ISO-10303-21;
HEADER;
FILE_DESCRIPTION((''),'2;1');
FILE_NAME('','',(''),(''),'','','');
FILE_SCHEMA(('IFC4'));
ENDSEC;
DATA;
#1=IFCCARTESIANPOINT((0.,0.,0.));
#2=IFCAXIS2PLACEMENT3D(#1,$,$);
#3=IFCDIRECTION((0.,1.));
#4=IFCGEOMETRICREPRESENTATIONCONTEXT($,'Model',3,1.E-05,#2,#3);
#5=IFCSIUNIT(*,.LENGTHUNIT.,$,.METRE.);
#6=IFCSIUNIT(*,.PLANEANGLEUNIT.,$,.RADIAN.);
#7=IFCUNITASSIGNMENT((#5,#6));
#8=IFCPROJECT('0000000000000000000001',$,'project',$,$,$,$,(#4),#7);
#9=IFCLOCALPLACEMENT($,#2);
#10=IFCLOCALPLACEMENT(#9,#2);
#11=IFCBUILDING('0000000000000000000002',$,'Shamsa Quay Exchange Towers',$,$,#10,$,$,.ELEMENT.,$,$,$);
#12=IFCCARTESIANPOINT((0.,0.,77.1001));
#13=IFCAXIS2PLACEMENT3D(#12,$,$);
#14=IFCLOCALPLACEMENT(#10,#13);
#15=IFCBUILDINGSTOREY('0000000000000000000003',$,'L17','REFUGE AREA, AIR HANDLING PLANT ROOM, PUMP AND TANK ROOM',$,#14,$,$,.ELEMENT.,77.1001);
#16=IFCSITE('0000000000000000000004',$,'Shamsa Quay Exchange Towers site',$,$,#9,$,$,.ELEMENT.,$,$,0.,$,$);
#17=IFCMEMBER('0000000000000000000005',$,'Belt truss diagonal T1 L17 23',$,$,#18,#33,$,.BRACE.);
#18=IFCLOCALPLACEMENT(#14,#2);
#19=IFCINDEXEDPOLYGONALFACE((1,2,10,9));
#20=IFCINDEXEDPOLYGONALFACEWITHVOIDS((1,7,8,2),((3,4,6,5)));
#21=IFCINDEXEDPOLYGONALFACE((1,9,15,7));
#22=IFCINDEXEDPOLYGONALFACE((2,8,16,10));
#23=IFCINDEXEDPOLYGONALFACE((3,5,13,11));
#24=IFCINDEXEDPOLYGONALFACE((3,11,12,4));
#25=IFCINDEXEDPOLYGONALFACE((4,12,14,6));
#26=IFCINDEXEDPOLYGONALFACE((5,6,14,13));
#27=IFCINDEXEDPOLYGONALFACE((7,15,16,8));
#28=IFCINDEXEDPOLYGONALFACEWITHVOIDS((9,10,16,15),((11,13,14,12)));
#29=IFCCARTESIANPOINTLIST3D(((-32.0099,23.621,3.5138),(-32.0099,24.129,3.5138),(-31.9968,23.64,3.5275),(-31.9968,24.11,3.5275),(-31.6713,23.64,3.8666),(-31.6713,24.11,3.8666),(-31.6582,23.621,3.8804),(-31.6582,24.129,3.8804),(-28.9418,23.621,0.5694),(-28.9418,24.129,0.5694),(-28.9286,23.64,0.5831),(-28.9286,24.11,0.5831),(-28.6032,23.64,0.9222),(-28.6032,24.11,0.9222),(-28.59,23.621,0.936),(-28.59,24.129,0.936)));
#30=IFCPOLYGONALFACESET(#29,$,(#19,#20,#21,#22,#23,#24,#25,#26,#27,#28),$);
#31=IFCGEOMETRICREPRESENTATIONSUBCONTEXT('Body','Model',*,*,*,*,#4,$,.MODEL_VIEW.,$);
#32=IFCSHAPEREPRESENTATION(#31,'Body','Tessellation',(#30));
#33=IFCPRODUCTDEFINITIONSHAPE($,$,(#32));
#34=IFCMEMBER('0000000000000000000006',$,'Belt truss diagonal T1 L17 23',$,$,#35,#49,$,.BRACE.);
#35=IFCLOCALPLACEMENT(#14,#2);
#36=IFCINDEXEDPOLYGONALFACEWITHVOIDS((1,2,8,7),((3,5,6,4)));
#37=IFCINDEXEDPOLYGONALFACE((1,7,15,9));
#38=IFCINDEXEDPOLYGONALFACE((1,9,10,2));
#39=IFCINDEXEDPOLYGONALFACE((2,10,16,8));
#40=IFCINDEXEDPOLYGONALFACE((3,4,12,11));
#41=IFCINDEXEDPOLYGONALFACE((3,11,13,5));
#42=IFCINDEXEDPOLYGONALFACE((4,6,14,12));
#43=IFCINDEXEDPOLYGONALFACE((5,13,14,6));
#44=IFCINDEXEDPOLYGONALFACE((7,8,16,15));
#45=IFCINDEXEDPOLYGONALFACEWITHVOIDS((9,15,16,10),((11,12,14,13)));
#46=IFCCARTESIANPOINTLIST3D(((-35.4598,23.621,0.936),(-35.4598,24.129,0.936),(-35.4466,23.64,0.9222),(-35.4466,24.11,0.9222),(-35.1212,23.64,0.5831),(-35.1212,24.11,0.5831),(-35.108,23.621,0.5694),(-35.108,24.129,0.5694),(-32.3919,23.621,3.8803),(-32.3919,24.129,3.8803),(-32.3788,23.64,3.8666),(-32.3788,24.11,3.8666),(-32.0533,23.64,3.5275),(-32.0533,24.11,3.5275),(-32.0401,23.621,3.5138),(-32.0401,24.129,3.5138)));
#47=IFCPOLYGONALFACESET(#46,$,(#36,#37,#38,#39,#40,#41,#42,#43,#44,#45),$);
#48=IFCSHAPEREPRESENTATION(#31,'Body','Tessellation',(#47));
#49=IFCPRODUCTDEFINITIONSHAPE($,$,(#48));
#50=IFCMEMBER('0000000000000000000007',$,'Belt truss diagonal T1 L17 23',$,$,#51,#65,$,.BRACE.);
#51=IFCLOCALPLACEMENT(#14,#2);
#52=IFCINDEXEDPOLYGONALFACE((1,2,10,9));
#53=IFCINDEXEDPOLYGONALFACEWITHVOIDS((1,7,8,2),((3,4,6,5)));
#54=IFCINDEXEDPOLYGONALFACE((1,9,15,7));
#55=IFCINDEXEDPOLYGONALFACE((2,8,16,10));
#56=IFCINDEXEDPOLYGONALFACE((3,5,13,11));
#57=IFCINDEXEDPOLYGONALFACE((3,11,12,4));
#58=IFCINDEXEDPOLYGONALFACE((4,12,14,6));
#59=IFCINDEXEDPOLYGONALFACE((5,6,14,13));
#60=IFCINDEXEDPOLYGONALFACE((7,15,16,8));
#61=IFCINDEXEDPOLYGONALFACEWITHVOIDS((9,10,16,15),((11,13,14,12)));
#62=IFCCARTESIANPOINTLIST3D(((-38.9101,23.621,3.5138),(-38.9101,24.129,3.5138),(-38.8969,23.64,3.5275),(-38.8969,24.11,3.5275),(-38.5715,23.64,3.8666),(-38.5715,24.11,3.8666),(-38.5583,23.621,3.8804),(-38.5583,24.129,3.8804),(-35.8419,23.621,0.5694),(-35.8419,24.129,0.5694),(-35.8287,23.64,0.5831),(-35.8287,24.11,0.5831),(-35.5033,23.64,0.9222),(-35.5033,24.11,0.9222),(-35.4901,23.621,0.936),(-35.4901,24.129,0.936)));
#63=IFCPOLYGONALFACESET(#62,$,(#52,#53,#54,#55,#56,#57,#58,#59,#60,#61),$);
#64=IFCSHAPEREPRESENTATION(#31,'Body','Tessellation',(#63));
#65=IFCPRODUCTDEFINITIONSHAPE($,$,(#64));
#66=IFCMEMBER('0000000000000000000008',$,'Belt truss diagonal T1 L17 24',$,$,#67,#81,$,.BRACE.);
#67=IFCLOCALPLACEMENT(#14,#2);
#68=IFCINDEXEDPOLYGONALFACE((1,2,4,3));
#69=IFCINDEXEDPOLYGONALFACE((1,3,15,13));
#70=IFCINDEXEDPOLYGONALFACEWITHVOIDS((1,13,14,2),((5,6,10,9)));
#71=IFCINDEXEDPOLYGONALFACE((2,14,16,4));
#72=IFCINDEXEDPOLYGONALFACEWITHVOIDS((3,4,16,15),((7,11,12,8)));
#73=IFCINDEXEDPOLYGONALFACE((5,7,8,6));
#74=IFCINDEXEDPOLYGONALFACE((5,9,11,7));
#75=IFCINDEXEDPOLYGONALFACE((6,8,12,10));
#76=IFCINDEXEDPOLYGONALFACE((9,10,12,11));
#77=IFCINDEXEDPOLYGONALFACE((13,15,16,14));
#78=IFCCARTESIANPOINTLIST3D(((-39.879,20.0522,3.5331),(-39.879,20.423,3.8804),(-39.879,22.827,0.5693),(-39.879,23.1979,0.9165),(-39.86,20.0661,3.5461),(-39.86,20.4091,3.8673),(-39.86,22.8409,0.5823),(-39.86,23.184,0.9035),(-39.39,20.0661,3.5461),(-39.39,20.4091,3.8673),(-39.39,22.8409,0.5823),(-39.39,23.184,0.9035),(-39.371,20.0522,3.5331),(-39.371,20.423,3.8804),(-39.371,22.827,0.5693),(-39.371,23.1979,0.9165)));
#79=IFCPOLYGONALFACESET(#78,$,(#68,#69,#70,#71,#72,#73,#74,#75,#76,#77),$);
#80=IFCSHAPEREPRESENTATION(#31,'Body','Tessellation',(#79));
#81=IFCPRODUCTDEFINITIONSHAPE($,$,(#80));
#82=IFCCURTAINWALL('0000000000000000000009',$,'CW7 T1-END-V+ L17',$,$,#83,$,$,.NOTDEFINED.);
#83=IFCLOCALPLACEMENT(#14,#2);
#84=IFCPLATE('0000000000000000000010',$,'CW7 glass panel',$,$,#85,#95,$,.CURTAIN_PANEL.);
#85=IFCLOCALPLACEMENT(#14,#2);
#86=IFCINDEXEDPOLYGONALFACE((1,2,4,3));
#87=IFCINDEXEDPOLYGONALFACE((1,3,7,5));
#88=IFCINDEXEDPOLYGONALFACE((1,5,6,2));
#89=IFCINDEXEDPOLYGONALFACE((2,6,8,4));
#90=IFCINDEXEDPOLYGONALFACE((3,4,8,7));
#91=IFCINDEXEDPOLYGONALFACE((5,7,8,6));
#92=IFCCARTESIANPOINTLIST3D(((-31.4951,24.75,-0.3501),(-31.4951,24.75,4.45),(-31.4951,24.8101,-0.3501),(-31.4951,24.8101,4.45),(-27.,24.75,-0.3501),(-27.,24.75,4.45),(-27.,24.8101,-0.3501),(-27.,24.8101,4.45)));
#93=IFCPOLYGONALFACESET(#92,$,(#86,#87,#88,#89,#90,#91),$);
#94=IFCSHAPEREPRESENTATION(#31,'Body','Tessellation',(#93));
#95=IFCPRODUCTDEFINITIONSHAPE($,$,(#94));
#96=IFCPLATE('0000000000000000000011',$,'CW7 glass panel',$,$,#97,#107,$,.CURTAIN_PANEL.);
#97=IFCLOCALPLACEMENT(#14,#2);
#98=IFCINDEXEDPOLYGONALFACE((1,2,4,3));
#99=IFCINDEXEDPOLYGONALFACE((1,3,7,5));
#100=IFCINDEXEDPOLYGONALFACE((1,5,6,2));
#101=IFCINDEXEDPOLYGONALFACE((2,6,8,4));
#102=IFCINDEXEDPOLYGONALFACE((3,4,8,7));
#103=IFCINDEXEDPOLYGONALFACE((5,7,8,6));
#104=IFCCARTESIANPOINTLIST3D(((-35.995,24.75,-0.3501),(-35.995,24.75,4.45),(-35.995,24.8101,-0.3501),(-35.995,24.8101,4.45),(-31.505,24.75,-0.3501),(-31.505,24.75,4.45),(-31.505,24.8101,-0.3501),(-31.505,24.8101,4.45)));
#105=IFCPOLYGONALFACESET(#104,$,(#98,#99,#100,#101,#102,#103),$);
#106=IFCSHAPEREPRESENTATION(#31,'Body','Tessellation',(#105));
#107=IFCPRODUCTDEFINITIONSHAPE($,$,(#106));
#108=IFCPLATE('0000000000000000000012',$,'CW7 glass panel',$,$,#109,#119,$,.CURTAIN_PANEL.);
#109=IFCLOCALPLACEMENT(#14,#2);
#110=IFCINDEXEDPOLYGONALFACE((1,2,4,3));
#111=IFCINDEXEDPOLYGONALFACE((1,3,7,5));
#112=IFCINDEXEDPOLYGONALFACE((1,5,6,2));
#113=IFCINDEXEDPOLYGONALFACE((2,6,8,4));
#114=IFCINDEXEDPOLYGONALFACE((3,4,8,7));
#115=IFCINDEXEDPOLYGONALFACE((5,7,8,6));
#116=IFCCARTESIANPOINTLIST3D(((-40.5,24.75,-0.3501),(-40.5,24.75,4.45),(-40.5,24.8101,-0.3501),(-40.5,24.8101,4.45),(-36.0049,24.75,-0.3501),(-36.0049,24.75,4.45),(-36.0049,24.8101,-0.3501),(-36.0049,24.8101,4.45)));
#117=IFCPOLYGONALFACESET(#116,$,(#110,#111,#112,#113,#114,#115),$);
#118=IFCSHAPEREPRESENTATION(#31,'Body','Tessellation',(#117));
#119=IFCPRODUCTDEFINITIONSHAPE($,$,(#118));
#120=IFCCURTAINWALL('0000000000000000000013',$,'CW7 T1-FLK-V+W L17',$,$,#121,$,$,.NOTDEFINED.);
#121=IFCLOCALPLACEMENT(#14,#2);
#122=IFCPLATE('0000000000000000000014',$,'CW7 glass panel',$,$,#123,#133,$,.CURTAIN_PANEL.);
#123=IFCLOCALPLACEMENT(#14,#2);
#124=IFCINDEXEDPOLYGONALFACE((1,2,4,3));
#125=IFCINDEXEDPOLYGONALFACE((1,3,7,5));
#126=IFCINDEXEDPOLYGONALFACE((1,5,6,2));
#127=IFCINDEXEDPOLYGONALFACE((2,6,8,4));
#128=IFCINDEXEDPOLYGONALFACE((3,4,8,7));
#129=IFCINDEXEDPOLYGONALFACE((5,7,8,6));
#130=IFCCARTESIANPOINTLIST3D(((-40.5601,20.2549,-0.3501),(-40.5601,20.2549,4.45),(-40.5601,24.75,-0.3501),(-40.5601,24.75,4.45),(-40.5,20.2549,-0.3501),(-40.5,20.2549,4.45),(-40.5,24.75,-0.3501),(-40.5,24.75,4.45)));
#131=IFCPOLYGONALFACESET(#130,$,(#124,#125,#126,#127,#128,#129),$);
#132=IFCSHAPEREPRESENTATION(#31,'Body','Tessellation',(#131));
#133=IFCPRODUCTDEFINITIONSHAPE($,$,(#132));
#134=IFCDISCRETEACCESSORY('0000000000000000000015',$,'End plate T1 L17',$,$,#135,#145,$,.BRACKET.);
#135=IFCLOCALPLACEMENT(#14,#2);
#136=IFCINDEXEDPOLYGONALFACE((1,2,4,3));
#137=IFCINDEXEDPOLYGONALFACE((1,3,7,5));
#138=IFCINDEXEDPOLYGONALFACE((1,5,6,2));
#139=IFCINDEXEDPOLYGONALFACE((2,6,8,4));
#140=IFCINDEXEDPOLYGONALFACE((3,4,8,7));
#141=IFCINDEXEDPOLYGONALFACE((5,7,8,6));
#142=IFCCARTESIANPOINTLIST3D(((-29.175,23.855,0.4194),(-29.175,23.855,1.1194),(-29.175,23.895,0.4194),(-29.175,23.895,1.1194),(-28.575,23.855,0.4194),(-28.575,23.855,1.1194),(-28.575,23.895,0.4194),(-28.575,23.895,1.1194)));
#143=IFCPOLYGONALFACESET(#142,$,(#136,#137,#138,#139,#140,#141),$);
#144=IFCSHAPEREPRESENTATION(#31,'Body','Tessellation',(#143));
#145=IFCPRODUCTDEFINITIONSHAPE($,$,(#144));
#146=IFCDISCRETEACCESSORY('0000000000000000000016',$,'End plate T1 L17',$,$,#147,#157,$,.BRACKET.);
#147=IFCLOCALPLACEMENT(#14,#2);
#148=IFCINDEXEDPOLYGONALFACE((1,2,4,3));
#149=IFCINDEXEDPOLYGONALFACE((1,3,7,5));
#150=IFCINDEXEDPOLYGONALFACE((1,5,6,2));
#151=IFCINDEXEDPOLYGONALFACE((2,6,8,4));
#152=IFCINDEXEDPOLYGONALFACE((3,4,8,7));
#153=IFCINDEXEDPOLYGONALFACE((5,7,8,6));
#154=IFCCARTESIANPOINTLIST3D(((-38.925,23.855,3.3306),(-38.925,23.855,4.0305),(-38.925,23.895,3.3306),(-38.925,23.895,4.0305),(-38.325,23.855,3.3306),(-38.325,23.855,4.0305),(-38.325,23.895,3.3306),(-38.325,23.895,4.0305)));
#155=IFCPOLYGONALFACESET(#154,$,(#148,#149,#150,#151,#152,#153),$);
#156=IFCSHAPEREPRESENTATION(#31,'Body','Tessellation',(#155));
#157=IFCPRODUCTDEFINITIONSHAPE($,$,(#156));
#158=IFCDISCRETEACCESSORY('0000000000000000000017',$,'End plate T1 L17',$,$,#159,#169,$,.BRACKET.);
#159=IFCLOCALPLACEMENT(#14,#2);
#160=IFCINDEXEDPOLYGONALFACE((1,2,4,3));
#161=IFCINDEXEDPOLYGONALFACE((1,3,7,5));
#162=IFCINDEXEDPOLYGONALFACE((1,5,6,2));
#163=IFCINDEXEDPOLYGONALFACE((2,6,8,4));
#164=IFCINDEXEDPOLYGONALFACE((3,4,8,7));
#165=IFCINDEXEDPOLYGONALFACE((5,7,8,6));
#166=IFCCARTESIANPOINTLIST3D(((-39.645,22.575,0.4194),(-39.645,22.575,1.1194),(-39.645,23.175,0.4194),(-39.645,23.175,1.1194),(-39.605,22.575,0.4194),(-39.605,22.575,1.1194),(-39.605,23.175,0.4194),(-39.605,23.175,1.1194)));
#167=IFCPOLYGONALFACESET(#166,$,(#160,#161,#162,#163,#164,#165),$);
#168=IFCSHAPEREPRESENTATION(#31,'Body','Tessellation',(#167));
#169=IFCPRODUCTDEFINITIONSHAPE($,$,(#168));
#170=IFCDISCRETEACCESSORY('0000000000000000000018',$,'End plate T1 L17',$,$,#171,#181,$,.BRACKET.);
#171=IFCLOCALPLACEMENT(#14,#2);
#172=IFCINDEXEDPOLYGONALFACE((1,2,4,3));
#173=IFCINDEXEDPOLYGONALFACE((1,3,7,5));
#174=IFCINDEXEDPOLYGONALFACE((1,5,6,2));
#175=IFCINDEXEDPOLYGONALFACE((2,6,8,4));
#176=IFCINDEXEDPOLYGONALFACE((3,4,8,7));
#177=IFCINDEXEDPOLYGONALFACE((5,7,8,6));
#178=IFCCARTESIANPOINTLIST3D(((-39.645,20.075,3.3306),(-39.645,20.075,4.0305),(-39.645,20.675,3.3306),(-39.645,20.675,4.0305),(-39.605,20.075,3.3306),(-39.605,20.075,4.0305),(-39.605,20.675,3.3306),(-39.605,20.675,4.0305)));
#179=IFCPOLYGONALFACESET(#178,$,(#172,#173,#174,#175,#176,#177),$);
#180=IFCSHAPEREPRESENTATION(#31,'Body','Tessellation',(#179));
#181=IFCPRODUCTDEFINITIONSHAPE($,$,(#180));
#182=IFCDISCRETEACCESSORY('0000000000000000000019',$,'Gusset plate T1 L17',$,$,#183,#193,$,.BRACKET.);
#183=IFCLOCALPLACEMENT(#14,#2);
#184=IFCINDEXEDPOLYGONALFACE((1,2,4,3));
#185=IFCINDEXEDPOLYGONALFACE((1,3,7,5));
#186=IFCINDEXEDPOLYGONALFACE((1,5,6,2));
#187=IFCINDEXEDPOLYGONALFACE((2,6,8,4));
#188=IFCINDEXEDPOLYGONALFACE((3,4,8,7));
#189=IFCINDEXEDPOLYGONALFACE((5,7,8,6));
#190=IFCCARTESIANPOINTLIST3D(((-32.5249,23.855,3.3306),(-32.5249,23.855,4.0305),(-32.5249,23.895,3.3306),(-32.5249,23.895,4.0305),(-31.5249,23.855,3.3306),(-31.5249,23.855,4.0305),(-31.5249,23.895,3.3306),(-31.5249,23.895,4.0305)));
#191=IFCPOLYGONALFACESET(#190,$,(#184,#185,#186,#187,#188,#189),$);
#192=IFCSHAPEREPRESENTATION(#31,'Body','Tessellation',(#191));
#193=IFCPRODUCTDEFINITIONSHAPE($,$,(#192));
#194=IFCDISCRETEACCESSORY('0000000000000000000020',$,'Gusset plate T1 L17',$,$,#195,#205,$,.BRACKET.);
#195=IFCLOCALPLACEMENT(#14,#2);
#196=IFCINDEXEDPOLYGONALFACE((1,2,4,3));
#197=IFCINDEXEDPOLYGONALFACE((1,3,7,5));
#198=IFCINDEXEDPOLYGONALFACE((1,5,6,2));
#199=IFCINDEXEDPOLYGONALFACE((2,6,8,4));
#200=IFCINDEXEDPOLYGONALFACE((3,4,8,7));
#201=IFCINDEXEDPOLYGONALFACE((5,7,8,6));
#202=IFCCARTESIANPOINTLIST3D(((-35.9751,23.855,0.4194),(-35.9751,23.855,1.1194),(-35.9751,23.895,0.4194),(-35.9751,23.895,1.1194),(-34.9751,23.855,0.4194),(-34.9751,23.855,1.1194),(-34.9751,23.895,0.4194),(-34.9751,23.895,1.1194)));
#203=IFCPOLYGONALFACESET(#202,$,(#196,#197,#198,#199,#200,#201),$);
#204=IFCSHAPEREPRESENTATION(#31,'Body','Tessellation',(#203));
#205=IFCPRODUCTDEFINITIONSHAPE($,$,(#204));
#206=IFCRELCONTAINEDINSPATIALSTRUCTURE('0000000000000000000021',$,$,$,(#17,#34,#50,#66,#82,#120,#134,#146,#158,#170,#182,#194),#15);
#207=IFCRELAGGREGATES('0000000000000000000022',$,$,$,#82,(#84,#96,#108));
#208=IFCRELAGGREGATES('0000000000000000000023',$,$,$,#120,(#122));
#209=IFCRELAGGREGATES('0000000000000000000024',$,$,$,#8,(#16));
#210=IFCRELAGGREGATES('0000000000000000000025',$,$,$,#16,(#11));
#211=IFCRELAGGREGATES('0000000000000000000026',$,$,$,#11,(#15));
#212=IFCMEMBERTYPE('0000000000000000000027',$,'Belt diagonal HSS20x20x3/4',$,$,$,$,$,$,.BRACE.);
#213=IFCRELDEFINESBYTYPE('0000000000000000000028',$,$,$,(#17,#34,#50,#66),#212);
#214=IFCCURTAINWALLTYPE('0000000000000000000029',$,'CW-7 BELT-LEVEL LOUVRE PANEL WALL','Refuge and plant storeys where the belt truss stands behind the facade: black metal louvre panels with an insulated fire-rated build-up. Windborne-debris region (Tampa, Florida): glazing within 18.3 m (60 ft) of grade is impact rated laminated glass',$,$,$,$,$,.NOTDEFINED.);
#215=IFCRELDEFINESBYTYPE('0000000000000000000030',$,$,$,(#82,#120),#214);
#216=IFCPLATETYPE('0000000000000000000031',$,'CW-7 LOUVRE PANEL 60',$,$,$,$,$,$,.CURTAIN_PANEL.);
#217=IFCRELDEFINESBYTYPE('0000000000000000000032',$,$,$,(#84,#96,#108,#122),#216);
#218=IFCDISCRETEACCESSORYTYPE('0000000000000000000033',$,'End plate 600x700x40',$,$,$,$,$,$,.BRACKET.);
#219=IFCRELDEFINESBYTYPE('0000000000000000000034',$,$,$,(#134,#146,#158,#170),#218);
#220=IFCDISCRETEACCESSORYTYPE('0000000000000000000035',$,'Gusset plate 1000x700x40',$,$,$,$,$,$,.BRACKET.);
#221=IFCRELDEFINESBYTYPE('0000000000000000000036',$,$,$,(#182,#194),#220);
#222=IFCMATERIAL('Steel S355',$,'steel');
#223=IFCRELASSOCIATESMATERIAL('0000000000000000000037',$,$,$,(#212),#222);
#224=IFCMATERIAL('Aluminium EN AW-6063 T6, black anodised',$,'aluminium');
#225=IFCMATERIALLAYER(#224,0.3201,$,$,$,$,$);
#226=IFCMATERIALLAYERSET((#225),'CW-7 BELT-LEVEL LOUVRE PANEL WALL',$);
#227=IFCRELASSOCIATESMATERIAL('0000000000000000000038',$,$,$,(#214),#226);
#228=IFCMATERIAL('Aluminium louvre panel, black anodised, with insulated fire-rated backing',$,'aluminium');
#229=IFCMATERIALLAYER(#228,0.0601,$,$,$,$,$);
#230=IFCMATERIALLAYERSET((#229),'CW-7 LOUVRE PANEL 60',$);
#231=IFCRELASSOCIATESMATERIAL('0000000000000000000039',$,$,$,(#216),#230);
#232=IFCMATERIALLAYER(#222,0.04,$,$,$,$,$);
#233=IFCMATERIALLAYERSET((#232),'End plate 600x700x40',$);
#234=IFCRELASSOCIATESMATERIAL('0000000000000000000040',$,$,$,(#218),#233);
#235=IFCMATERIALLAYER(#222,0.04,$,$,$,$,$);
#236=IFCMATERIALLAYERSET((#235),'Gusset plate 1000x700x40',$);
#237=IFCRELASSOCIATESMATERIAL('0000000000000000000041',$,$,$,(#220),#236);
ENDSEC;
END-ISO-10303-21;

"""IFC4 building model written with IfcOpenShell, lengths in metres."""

from ifc_helpers import new_model, si_unit, direction, frame, origin, origin_2d, place, context, subcontext, project, spatial, rectangle, hollow_rectangle, extrude, material, layer, layer_set, material_profile, profile_set, type_object, element, aggregate, save


model = new_model("IFC4")

# Units and contexts
model_context = context("Model", 3, precision=1e-05, world=origin(), true_north=direction((0.0, 1.0)))
body_context = subcontext(model_context, "Body", "Model", "MODEL_VIEW")
ifc_project = project(units=[si_unit("LENGTHUNIT", "METRE"), si_unit("PLANEANGLEUNIT", "RADIAN")], contexts=[model_context])

# Site, building, storey
site_placement = place(None, origin())
site = spatial("IfcSite", under=ifc_project, at=site_placement, Name="Shamsa Quay Exchange Towers site", CompositionType="ELEMENT", RefElevation=0.0)
building_placement = place(site_placement, origin())
building = spatial("IfcBuilding", under=site, at=building_placement, Name="Shamsa Quay Exchange Towers", CompositionType="ELEMENT")
storey_placement = place(building_placement, frame((0.0, 0.0, 77.1001)))
storey = spatial("IfcBuildingStorey", under=building, at=storey_placement, Name="L17", Description="REFUGE AREA, AIR HANDLING PLANT ROOM, PUMP AND TANK ROOM", CompositionType="ELEMENT", Elevation=77.1001)

# Members
ifc_material_1 = material(Name="Steel S355", Category="steel")
ifc_material_profile_1 = material_profile(ifc_material_1, hollow_rectangle(XDim=0.5081, YDim=0.5081, WallThickness=0.019, at=origin_2d()), Name="HSS20x20x3/4")
ifc_profile_set_1 = profile_set([ifc_material_profile_1], Name="Steel S355")
member_type_1 = type_object("IfcMemberType", Name="Belt diagonal HSS20x20x3/4", PredefinedType="BRACE", material=ifc_profile_set_1)
member_1_placement = place(storey_placement, frame((-28.7659, 23.875, 0.7527), z_axis=(-0.721511, 0.0, 0.692403), x_axis=(0.0, -1.0, 0.0)))
element("IfcMember", 1, at=member_1_placement, inside=storey, type_object=member_type_1, Name="Belt truss diagonal T1 L17 23", PredefinedType="BRACE", context=body_context, shape_type="SweptSolid", body=[
    extrude(hollow_rectangle(XDim=0.5081, YDim=0.5081, WallThickness=0.019, at=origin_2d()), origin(), (0.0, 0.0, 1.0), 4.2524),
])
member_2_placement = place(storey_placement, frame((-35.2839, 23.875, 0.7527), z_axis=(0.721484, 0.0, 0.692431), x_axis=(0.0, 1.0, 0.0)))
element("IfcMember", 2, at=member_2_placement, inside=storey, type_object=member_type_1, Name="Belt truss diagonal T1 L17 23", PredefinedType="BRACE", context=body_context, shape_type="SweptSolid", body=[
    extrude(hollow_rectangle(XDim=0.5081, YDim=0.5081, WallThickness=0.019, at=origin_2d()), origin(), (0.0, 0.0, 1.0), 4.2522),
])
member_3_placement = place(storey_placement, frame((-35.666, 23.875, 0.7527), z_axis=(-0.721511, 0.0, 0.692403), x_axis=(0.0, -1.0, 0.0)))
element("IfcMember", 3, at=member_3_placement, inside=storey, type_object=member_type_1, Name="Belt truss diagonal T1 L17 23", PredefinedType="BRACE", context=body_context, shape_type="SweptSolid", body=[
    extrude(hollow_rectangle(XDim=0.5081, YDim=0.5081, WallThickness=0.019, at=origin_2d()), origin(), (0.0, 0.0, 1.0), 4.2524),
])
member_4_placement = place(storey_placement, frame((-39.625, 23.0125, 0.7429), z_axis=(0.0, -0.683453, 0.729995), x_axis=(1.0, 0.0, 0.0)))
element("IfcMember", 4, at=member_4_placement, inside=storey, type_object=member_type_1, Name="Belt truss diagonal T1 L17 24", PredefinedType="BRACE", context=body_context, shape_type="SweptSolid", body=[
    extrude(hollow_rectangle(XDim=0.5081, YDim=0.5081, WallThickness=0.019, at=origin_2d()), origin(), (0.0, 0.0, 1.0), 4.0601),
])

# Curtain wall, plates
ifc_material_2 = material(Name="Aluminium EN AW-6063 T6, black anodised", Category="aluminium")
ifc_layer_1 = layer(ifc_material_2, 0.3201)
ifc_layer_set_1 = layer_set([ifc_layer_1], Name="CW-7 BELT-LEVEL LOUVRE PANEL WALL")
curtain_wall_type = type_object("IfcCurtainWallType", Name="CW-7 BELT-LEVEL LOUVRE PANEL WALL", Description="Refuge and plant storeys where the belt truss stands behind the facade: black metal louvre panels with an insulated fire-rated build-up. Windborne-debris region (Tampa, Florida): glazing within 18.3 m (60 ft) of grade is impact rated laminated glass", PredefinedType="NOTDEFINED", material=ifc_layer_set_1)
curtain_wall_1_placement = place(storey_placement, origin())
curtain_wall_1 = element("IfcCurtainWall", 5, at=curtain_wall_1_placement, inside=storey, type_object=curtain_wall_type, Name="CW7 T1-END-V+ L17", PredefinedType="NOTDEFINED")
ifc_material_3 = material(Name="Aluminium louvre panel, black anodised, with insulated fire-rated backing", Category="aluminium")
ifc_layer_2 = layer(ifc_material_3, 0.0601)
ifc_layer_set_2 = layer_set([ifc_layer_2], Name="CW-7 LOUVRE PANEL 60")
plate_type = type_object("IfcPlateType", Name="CW-7 LOUVRE PANEL 60", PredefinedType="CURTAIN_PANEL", material=ifc_layer_set_2)
plate_1_placement = place(storey_placement, frame((-29.2476, 24.78, -0.3501), z_axis=(0.0, 0.0, 1.0), x_axis=(-1.0, 0.0, 0.0)))
plate_1 = element("IfcPlate", 6, at=plate_1_placement, type_object=plate_type, Name="CW7 glass panel", PredefinedType="CURTAIN_PANEL", context=body_context, shape_type="SweptSolid", body=[
    extrude(rectangle(XDim=4.4951, YDim=0.0601, at=origin_2d()), origin(), (0.0, 0.0, 1.0), 4.8),
])
plate_2_placement = place(storey_placement, frame((-33.75, 24.78, -0.3501), z_axis=(0.0, 0.0, 1.0), x_axis=(-1.0, 0.0, 0.0)))
plate_2 = element("IfcPlate", 7, at=plate_2_placement, type_object=plate_type, Name="CW7 glass panel", PredefinedType="CURTAIN_PANEL", context=body_context, shape_type="SweptSolid", body=[
    extrude(rectangle(XDim=4.49, YDim=0.0601, at=origin_2d()), origin(), (0.0, 0.0, 1.0), 4.8),
])
plate_3_placement = place(storey_placement, frame((-38.2524, 24.78, -0.3501), z_axis=(0.0, 0.0, 1.0), x_axis=(-1.0, 0.0, 0.0)))
plate_3 = element("IfcPlate", 8, at=plate_3_placement, type_object=plate_type, Name="CW7 glass panel", PredefinedType="CURTAIN_PANEL", context=body_context, shape_type="SweptSolid", body=[
    extrude(rectangle(XDim=4.4951, YDim=0.0601, at=origin_2d()), origin(), (0.0, 0.0, 1.0), 4.8),
])
aggregate(curtain_wall_1, [plate_1, plate_2, plate_3])

# Curtain wall, plate
curtain_wall_2_placement = place(storey_placement, origin())
curtain_wall_2 = element("IfcCurtainWall", 9, at=curtain_wall_2_placement, inside=storey, type_object=curtain_wall_type, Name="CW7 T1-FLK-V+W L17", PredefinedType="NOTDEFINED")
plate_4_placement = place(storey_placement, frame((-40.53, 22.5024, -0.3501), z_axis=(0.0, 0.0, 1.0), x_axis=(0.0, -1.0, 0.0)))
plate_4 = element("IfcPlate", 10, at=plate_4_placement, type_object=plate_type, Name="CW7 glass panel", PredefinedType="CURTAIN_PANEL", context=body_context, shape_type="SweptSolid", body=[
    extrude(rectangle(XDim=4.4951, YDim=0.0601, at=origin_2d()), origin(), (0.0, 0.0, 1.0), 4.8),
])
aggregate(curtain_wall_2, [plate_4])

# Discrete accessories
ifc_layer_3 = layer(ifc_material_1, 0.04)
ifc_layer_set_3 = layer_set([ifc_layer_3], Name="End plate 600x700x40")
discrete_accessory_type_1 = type_object("IfcDiscreteAccessoryType", Name="End plate 600x700x40", PredefinedType="BRACKET", material=ifc_layer_set_3)
for number, where, z_axis, x_axis, name in (
    (11, (-28.875, 23.875, 0.4194), (0.0, 0.0, 1.0), (-1.0, 0.0, 0.0), "End plate T1 L17"),
    (12, (-38.625, 23.875, 3.3306), (0.0, 0.0, 1.0), (-1.0, 0.0, 0.0), "End plate T1 L17"),
    (13, (-39.625, 22.875, 0.4194), (0.0, 0.0, 1.0), (0.0, -1.0, 0.0), "End plate T1 L17"),
    (14, (-39.625, 20.375, 3.3306), (0.0, 0.0, 1.0), (0.0, -1.0, 0.0), "End plate T1 L17"),
):
    element("IfcDiscreteAccessory", number, at=place(storey_placement, frame(where, z_axis=z_axis, x_axis=x_axis)), inside=storey, type_object=discrete_accessory_type_1, Name=name, PredefinedType="BRACKET", context=body_context, shape_type="SweptSolid", body=[
        extrude(rectangle(XDim=0.6001, YDim=0.04, at=origin_2d()), origin(), (0.0, 0.0, 1.0), 0.7),
    ])
ifc_layer_4 = layer(ifc_material_1, 0.04)
ifc_layer_set_4 = layer_set([ifc_layer_4], Name="Gusset plate 1000x700x40")
discrete_accessory_type_2 = type_object("IfcDiscreteAccessoryType", Name="Gusset plate 1000x700x40", PredefinedType="BRACKET", material=ifc_layer_set_4)
for number, where, z_axis, x_axis, name in (
    (15, (-32.0249, 23.875, 3.3306), (0.0, 0.0, 1.0), (-1.0, 0.0, 0.0), "Gusset plate T1 L17"),
    (16, (-35.4751, 23.875, 0.4194), (0.0, 0.0, 1.0), (-1.0, 0.0, 0.0), "Gusset plate T1 L17"),
):
    element("IfcDiscreteAccessory", number, at=place(storey_placement, frame(where, z_axis=z_axis, x_axis=x_axis)), inside=storey, type_object=discrete_accessory_type_2, Name=name, PredefinedType="BRACKET", context=body_context, shape_type="SweptSolid", body=[
        extrude(rectangle(XDim=1.0, YDim=0.04, at=origin_2d()), origin(), (0.0, 0.0, 1.0), 0.7),
    ])

save(model, "model.ifc")
